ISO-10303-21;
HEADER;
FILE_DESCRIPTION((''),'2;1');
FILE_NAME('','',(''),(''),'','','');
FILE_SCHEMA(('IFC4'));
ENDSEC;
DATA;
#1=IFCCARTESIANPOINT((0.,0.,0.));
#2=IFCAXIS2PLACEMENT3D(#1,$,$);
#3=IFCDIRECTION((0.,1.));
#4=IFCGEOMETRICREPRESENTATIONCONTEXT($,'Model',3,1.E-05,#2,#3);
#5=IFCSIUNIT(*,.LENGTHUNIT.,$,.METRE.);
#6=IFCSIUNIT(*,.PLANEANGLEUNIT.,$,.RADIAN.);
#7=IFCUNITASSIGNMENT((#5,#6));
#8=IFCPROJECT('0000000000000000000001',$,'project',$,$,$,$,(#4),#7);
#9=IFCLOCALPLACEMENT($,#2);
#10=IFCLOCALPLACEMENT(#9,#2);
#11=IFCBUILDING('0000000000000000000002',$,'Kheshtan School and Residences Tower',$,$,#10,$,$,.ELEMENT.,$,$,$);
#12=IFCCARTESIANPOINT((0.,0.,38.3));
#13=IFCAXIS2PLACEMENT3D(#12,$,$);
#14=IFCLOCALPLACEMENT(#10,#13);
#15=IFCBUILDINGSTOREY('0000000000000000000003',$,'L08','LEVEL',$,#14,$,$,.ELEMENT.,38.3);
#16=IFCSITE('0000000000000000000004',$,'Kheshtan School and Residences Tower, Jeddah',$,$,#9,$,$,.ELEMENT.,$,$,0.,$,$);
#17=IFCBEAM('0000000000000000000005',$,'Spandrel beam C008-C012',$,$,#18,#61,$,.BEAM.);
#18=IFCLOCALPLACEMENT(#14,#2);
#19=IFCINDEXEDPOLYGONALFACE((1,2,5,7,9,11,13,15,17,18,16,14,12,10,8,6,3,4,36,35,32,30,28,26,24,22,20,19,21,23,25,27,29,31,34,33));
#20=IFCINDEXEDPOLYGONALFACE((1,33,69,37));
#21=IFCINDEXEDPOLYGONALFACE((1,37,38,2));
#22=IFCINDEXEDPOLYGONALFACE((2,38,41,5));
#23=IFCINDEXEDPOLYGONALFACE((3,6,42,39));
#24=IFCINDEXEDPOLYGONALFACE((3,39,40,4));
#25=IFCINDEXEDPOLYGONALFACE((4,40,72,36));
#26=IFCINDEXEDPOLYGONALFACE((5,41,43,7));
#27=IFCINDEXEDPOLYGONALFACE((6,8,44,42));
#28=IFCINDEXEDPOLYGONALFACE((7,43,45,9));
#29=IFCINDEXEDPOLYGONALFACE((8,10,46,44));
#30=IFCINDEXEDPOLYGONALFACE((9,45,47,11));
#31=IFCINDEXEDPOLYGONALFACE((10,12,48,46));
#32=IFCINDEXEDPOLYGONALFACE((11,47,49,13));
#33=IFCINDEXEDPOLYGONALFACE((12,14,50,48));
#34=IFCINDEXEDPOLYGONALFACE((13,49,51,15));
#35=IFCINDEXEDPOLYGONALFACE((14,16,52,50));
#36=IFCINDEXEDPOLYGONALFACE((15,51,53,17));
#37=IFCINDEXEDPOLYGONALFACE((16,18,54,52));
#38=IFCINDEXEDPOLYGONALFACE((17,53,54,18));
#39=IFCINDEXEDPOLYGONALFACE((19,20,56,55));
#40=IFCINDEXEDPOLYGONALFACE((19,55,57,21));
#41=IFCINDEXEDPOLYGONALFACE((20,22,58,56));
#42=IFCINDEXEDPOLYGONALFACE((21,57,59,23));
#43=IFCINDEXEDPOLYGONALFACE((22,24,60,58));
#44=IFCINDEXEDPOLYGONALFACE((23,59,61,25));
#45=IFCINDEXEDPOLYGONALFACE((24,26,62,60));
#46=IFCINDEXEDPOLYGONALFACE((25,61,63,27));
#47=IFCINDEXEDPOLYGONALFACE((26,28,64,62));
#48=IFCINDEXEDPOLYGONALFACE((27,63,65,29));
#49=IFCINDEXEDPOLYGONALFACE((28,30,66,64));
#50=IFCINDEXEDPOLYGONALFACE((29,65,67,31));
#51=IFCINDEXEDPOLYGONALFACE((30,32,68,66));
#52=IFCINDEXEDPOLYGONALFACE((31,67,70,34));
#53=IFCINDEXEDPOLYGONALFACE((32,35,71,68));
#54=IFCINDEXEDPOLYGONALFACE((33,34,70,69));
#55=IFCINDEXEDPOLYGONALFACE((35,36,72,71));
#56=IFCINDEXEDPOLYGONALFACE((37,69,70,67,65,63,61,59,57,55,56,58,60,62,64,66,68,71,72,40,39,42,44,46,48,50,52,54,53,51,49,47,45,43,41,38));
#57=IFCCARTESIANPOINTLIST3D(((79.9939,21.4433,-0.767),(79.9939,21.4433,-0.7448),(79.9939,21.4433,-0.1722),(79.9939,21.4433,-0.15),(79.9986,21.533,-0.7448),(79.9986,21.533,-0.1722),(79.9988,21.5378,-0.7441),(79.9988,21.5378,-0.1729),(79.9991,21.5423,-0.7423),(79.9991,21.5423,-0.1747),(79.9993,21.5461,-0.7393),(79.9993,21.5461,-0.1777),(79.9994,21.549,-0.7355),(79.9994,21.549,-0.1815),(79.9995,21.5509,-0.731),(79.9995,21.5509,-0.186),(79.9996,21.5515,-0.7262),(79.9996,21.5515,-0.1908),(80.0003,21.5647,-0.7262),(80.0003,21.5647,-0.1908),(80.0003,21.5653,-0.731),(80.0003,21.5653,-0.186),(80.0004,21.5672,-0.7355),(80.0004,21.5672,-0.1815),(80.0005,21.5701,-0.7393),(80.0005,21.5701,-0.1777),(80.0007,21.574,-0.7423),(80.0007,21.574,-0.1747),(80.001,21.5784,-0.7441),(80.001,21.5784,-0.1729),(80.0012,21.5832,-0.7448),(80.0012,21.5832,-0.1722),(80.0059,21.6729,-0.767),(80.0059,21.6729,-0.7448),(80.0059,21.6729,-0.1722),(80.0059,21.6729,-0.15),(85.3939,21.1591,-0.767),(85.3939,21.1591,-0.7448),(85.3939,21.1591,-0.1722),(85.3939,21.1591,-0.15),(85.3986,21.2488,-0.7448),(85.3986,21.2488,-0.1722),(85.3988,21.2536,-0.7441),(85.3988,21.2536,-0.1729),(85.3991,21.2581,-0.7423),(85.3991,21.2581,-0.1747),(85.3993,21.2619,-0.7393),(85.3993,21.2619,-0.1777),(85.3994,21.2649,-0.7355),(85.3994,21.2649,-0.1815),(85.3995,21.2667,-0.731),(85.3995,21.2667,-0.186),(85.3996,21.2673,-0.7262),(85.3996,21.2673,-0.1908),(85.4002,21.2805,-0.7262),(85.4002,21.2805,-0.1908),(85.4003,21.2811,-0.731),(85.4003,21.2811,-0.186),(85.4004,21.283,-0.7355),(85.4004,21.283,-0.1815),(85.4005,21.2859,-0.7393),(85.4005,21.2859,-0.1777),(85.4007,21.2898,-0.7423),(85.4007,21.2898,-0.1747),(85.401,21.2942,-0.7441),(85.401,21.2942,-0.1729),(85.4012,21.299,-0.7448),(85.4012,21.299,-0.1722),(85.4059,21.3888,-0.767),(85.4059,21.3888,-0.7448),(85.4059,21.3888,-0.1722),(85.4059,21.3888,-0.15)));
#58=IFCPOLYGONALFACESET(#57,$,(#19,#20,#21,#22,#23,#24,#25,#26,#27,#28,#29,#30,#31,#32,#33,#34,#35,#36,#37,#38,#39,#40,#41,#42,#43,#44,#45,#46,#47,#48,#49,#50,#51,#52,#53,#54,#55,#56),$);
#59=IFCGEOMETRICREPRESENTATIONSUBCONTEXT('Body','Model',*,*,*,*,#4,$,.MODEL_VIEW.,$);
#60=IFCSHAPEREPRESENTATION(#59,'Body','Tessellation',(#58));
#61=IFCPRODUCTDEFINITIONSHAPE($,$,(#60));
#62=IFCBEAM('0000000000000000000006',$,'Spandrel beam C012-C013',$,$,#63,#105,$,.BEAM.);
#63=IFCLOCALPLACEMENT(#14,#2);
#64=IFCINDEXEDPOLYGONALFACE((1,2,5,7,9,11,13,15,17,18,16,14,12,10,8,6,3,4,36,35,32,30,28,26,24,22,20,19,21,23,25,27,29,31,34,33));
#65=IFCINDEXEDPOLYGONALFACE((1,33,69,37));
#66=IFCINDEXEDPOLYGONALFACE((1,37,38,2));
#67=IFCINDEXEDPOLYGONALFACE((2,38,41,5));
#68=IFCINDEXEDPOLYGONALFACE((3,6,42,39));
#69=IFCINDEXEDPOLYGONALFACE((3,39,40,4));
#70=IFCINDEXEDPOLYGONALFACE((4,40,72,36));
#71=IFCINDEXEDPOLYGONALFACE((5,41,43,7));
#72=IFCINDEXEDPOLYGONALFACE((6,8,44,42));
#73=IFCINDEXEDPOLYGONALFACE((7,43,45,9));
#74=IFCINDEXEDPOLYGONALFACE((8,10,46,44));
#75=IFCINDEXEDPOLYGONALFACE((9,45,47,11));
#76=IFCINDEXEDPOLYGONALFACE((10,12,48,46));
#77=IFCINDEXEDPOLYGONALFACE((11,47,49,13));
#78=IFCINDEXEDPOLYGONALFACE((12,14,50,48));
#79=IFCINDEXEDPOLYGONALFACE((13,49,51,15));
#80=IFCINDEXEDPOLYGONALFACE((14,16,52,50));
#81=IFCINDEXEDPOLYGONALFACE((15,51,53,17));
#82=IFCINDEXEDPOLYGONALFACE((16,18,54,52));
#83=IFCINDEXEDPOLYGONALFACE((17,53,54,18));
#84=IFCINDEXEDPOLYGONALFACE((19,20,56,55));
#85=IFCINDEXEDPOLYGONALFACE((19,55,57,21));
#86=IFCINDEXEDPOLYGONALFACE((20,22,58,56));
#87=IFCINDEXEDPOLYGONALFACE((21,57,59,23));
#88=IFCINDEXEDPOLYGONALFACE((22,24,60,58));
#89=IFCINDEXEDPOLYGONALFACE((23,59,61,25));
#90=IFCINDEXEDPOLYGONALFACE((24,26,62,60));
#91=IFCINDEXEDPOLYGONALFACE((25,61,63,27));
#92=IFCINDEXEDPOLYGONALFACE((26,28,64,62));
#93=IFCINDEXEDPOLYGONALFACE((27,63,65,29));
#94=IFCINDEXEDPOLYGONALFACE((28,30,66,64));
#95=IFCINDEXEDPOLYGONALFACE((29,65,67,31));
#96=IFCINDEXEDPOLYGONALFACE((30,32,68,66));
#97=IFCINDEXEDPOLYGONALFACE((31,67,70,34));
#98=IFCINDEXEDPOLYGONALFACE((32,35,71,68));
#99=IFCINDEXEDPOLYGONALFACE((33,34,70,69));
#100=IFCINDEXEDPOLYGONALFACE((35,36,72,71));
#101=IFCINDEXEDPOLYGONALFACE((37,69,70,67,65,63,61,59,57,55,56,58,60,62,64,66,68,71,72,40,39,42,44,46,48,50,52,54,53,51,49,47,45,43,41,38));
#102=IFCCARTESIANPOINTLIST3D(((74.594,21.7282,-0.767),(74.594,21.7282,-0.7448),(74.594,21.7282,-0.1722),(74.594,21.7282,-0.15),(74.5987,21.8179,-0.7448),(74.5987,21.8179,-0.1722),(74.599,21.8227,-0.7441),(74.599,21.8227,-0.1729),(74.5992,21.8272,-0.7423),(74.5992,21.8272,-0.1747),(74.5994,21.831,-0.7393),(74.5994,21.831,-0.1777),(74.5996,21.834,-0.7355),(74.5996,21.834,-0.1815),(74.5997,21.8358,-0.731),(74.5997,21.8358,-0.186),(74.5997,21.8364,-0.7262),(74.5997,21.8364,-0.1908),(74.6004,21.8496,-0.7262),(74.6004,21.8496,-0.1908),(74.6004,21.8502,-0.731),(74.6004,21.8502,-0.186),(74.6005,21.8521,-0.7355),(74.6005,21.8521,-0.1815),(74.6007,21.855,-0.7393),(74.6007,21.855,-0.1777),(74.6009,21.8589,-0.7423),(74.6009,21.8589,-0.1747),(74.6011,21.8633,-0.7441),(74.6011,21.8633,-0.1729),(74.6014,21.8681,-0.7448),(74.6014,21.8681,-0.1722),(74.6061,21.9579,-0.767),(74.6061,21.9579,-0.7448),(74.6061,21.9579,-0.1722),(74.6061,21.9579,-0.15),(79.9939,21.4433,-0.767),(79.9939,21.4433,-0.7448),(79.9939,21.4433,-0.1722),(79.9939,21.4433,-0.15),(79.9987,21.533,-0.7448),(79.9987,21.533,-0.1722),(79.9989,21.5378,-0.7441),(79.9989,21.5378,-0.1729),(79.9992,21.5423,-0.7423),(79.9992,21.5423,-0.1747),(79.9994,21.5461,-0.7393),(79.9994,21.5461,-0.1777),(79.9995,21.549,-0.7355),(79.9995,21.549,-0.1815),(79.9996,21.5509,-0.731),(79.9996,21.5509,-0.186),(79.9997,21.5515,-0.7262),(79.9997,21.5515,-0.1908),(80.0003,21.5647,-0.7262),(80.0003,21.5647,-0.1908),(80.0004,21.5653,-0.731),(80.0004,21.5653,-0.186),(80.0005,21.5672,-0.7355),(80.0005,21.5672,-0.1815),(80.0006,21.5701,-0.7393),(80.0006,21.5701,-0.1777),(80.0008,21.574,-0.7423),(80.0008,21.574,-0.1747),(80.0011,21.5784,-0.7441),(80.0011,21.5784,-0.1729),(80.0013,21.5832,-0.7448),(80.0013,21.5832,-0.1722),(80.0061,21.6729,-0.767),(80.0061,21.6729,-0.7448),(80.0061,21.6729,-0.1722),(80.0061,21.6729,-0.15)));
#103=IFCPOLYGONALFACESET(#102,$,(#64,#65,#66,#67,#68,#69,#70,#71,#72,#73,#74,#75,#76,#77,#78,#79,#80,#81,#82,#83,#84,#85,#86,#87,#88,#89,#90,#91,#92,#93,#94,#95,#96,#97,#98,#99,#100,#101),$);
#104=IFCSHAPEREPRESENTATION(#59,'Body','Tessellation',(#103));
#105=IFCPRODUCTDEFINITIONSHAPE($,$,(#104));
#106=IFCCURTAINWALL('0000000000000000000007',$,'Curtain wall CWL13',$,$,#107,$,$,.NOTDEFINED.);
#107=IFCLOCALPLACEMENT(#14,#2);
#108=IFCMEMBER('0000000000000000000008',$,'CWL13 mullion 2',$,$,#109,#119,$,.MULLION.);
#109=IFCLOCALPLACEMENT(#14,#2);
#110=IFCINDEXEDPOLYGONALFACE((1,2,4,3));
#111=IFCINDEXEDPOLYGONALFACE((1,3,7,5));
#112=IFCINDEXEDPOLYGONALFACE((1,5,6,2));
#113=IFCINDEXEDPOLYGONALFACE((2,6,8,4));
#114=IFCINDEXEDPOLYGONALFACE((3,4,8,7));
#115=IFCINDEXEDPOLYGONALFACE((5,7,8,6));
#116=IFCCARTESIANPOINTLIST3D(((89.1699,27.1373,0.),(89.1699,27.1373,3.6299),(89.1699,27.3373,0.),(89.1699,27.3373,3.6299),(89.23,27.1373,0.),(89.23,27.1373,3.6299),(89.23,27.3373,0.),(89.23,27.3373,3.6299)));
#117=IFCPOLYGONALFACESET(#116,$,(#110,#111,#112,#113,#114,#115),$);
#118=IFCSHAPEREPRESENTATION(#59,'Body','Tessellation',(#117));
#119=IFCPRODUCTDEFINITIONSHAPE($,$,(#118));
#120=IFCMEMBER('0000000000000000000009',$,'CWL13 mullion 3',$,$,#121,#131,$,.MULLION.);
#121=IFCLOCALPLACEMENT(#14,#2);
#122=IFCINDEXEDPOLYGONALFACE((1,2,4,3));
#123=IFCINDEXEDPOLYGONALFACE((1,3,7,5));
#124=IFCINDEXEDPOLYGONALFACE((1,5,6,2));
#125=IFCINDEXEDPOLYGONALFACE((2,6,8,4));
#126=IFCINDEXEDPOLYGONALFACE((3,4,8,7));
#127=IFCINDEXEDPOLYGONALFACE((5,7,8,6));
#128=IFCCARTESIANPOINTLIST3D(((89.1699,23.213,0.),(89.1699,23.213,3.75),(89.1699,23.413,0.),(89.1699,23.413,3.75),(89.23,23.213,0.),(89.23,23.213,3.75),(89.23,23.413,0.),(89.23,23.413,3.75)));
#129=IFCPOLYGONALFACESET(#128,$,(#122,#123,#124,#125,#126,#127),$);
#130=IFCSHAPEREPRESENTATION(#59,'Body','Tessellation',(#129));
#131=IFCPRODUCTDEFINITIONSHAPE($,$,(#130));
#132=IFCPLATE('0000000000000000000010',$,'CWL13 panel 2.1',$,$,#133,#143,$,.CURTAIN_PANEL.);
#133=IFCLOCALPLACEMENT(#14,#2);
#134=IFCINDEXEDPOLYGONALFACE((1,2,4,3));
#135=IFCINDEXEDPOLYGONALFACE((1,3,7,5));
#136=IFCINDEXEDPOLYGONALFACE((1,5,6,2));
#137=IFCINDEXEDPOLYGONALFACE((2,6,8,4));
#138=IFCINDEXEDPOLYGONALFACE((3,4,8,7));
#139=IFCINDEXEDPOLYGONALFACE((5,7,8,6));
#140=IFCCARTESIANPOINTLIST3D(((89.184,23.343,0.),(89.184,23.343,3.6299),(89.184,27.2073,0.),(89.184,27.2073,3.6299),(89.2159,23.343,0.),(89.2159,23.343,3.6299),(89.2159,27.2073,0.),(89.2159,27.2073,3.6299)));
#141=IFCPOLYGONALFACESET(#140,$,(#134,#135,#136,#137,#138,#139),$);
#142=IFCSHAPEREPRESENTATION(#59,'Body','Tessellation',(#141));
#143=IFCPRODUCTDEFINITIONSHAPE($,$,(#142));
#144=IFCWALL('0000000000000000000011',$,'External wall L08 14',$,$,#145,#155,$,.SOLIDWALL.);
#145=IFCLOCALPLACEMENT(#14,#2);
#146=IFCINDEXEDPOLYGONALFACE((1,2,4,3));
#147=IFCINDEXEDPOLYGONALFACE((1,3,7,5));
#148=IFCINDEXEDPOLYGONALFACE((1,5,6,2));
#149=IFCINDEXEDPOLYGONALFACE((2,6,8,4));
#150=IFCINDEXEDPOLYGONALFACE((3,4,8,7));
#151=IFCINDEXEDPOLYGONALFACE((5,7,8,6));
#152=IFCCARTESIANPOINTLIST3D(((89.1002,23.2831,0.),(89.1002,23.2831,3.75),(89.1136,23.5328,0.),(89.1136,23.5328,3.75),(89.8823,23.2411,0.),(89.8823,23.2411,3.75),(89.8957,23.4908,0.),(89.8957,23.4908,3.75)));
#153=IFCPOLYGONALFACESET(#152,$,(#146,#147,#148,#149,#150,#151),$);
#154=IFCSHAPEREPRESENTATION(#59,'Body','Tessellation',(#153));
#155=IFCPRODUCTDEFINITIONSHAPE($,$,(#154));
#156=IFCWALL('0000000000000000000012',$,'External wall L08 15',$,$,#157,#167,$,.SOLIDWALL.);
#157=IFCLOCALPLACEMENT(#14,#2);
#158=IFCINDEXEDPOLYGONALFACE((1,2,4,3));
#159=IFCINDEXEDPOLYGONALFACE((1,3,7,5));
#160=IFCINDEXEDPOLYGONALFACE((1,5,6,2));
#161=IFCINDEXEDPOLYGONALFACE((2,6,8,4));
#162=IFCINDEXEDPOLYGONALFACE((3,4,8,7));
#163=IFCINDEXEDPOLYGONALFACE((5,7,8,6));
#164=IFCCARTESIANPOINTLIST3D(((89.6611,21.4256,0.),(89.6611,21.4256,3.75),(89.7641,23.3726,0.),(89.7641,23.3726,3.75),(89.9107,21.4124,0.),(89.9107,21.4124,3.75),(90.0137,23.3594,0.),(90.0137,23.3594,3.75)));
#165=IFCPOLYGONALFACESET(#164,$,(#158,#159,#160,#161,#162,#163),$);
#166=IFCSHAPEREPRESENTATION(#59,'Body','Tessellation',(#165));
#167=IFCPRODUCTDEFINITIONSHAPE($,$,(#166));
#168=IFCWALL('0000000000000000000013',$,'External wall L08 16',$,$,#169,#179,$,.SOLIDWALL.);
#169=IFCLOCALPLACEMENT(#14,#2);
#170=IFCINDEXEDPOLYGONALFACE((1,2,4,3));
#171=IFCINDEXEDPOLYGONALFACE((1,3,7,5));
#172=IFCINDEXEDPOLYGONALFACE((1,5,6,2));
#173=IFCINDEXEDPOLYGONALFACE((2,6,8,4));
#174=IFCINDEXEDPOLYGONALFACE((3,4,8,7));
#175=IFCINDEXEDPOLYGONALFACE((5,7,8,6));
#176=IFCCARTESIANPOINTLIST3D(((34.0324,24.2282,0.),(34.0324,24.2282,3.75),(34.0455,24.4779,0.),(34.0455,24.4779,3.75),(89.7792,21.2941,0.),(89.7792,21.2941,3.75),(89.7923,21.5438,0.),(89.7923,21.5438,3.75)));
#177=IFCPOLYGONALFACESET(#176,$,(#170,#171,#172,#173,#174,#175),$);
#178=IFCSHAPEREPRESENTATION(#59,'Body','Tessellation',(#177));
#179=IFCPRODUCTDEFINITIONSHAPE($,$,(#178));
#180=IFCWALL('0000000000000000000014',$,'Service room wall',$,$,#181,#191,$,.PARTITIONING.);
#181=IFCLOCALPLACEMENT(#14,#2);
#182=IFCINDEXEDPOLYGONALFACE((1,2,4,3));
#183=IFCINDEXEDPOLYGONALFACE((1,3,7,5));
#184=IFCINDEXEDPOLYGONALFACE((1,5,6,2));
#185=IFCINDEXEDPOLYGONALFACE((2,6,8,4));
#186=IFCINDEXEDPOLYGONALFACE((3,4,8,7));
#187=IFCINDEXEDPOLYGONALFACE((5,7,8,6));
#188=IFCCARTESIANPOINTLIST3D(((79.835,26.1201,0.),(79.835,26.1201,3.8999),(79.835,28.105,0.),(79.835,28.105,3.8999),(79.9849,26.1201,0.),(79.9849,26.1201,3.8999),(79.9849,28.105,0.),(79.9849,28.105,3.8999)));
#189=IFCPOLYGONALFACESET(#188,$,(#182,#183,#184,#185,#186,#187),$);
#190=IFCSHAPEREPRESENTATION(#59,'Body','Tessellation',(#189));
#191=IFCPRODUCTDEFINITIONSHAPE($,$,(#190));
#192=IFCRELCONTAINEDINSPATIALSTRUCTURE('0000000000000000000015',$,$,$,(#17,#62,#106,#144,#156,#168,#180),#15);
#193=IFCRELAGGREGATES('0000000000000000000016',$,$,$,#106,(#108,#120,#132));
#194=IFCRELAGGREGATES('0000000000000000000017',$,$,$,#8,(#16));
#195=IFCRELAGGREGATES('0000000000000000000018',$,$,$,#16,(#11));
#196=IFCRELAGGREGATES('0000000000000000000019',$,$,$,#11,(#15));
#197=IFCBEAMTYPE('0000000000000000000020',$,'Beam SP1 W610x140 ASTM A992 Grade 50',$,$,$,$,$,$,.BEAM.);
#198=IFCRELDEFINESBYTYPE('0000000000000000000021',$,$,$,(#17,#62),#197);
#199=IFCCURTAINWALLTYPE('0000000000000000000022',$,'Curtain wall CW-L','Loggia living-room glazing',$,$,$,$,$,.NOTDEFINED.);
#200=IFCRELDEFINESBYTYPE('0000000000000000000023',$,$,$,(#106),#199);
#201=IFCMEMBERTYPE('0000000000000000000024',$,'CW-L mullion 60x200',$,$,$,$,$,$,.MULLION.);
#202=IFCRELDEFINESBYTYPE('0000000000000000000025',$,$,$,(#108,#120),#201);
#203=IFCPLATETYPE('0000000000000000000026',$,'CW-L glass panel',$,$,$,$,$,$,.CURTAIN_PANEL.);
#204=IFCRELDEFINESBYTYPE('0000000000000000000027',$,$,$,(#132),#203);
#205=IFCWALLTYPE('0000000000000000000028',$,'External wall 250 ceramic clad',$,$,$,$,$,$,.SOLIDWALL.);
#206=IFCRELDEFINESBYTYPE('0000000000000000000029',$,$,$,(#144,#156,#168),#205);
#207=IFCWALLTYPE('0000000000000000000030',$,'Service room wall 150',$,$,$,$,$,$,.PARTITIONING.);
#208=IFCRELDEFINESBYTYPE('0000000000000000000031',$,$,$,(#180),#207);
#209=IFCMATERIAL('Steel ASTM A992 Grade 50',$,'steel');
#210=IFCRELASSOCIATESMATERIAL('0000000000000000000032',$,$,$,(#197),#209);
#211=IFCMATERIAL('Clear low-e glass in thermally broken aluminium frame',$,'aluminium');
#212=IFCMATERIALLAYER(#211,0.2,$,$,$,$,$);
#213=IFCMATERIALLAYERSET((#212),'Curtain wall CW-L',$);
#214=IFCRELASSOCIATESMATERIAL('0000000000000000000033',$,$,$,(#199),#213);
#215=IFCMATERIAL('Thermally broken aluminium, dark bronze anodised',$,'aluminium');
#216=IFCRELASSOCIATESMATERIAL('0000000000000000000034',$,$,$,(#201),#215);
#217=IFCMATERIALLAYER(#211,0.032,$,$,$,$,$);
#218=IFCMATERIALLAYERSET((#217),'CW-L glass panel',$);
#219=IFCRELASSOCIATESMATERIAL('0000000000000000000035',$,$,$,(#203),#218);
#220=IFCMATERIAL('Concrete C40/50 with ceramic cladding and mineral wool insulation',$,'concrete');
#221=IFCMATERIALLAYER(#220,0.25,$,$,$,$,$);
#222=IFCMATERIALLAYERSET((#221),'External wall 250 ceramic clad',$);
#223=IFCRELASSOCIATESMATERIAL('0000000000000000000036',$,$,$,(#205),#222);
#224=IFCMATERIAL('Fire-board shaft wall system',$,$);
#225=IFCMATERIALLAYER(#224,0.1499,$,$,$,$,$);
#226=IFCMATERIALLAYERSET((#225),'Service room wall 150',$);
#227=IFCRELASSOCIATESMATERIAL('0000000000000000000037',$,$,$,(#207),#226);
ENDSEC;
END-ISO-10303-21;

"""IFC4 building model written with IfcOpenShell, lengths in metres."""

from ifc_helpers import new_model, si_unit, direction, frame, frame_2d, origin, origin_2d, place, context, subcontext, project, spatial, rectangle, i_section, extrude, material, layer, layer_set, material_profile, profile_set, type_object, element, aggregate, save


model = new_model("IFC4")

# Units and contexts
model_context = context("Model", 3, precision=1e-05, world=origin(), true_north=direction((0.0, 1.0)))
body_context = subcontext(model_context, "Body", "Model", "MODEL_VIEW")
ifc_project = project(units=[si_unit("LENGTHUNIT", "METRE"), si_unit("PLANEANGLEUNIT", "RADIAN")], contexts=[model_context])

# Site, building, storey
site_placement = place(None, origin())
site = spatial("IfcSite", under=ifc_project, at=site_placement, Name="Kheshtan School and Residences Tower, Jeddah", CompositionType="ELEMENT", RefElevation=0.0)
building_placement = place(site_placement, origin())
building = spatial("IfcBuilding", under=site, at=building_placement, Name="Kheshtan School and Residences Tower", CompositionType="ELEMENT")
storey_placement = place(building_placement, frame((0.0, 0.0, 38.3)))
storey = spatial("IfcBuildingStorey", under=building, at=storey_placement, Name="L08", Description="LEVEL", CompositionType="ELEMENT", Elevation=38.3)

# Shared definitions
ifc_material_1 = material(Name="Steel ASTM A992 Grade 50", Category="steel")

# Beams
ifc_material_profile_1 = material_profile(ifc_material_1, i_section(OverallWidth=0.23, OverallDepth=0.6169, WebThickness=0.0132, FlangeThickness=0.0222, FilletRadius=0.0186, at=origin_2d()), Name="W610x140")
ifc_profile_set_1 = profile_set([ifc_material_profile_1], Name="Steel ASTM A992 Grade 50")
beam_type = type_object("IfcBeamType", Name="Beam SP1 W610x140 ASTM A992 Grade 50", PredefinedType="BEAM", material=ifc_profile_set_1)
for number, where, z_axis, x_axis, name in (
    (1, (85.3999, 21.2739, -0.4585), (-0.998618, 0.052554, 0.0), (-0.052554, -0.998618, 0.0), "Spandrel beam C008-C012"),
    (2, (80.0, 21.5581, -0.4585), (-0.998611, 0.052689, 0.0), (-0.052689, -0.998611, 0.0), "Spandrel beam C012-C013"),
):
    element("IfcBeam", number, at=place(storey_placement, frame(where, z_axis=z_axis, x_axis=x_axis)), inside=storey, type_object=beam_type, Name=name, PredefinedType="BEAM", context=body_context, shape_type="SweptSolid", body=[
        extrude(i_section(OverallWidth=0.23, OverallDepth=0.6169, WebThickness=0.0132, FlangeThickness=0.0222, FilletRadius=0.0186, at=origin_2d()), origin(), (0.0, 0.0, 1.0), 5.4075),
    ])

# Curtain wall, members, plate
ifc_material_2 = material(Name="Clear low-e glass in thermally broken aluminium frame", Category="aluminium")
ifc_layer_1 = layer(ifc_material_2, 0.2)
ifc_layer_set_1 = layer_set([ifc_layer_1], Name="Curtain wall CW-L")
curtain_wall_type = type_object("IfcCurtainWallType", Name="Curtain wall CW-L", Description="Loggia living-room glazing", PredefinedType="NOTDEFINED", material=ifc_layer_set_1)
curtain_wall_placement = place(storey_placement, origin())
curtain_wall = element("IfcCurtainWall", 3, at=curtain_wall_placement, inside=storey, type_object=curtain_wall_type, Name="Curtain wall CWL13", PredefinedType="NOTDEFINED")
ifc_material_3 = material(Name="Thermally broken aluminium, dark bronze anodised", Category="aluminium")
ifc_material_profile_2 = material_profile(ifc_material_3, rectangle(XDim=0.0601, YDim=0.2, at=origin_2d()), Name="CW-L mullion 60x200")
ifc_profile_set_2 = profile_set([ifc_material_profile_2], Name="Thermally broken aluminium, dark bronze anodised")
member_type = type_object("IfcMemberType", Name="CW-L mullion 60x200", PredefinedType="MULLION", material=ifc_profile_set_2)
member_1_placement = place(storey_placement, frame((89.2, 27.2373, 0.0), z_axis=(0.0, 0.0, 1.0), x_axis=(1.0, 0.0, 0.0)))
member_1 = element("IfcMember", 4, at=member_1_placement, type_object=member_type, Name="CWL13 mullion 2", PredefinedType="MULLION", context=body_context, shape_type="SweptSolid", body=[
    extrude(rectangle(XDim=0.0601, YDim=0.2, at=origin_2d()), origin(), (0.0, 0.0, 1.0), 3.6299),
])
member_2_placement = place(storey_placement, frame((89.2, 23.313, 0.0), z_axis=(0.0, 0.0, 1.0), x_axis=(1.0, 0.0, 0.0)))
member_2 = element("IfcMember", 5, at=member_2_placement, type_object=member_type, Name="CWL13 mullion 3", PredefinedType="MULLION", context=body_context, shape_type="SweptSolid", body=[
    extrude(rectangle(XDim=0.0601, YDim=0.2, at=origin_2d()), origin(), (0.0, 0.0, 1.0), 3.75),
])
ifc_layer_2 = layer(ifc_material_2, 0.032)
ifc_layer_set_2 = layer_set([ifc_layer_2], Name="CW-L glass panel")
plate_type = type_object("IfcPlateType", Name="CW-L glass panel", PredefinedType="CURTAIN_PANEL", material=ifc_layer_set_2)
plate_placement = place(storey_placement, frame((89.2, 25.2751, 0.0), z_axis=(0.0, 0.0, 1.0), x_axis=(0.0, -1.0, 0.0)))
plate = element("IfcPlate", 6, at=plate_placement, type_object=plate_type, Name="CWL13 panel 2.1", PredefinedType="CURTAIN_PANEL", context=body_context, shape_type="SweptSolid", body=[
    extrude(rectangle(XDim=3.8643, YDim=0.032, at=origin_2d()), origin(), (0.0, 0.0, 1.0), 3.6299),
])
aggregate(curtain_wall, [member_1, member_2, plate])

# Walls
ifc_material_4 = material(Name="Concrete C40/50 with ceramic cladding and mineral wool insulation", Category="concrete")
ifc_layer_3 = layer(ifc_material_4, 0.25)
ifc_layer_set_3 = layer_set([ifc_layer_3], Name="External wall 250 ceramic clad")
wall_type_1 = type_object("IfcWallType", Name="External wall 250 ceramic clad", PredefinedType="SOLIDWALL", material=ifc_layer_set_3)
wall_1_placement = place(storey_placement, frame((89.1069, 23.408, 0.0), z_axis=(0.0, 0.0, 1.0), x_axis=(0.998561, -0.053622, 0.0)))
element("IfcWall", 7, at=wall_1_placement, inside=storey, type_object=wall_type_1, Name="External wall L08 14", PredefinedType="SOLIDWALL", context=body_context, shape_type="SweptSolid", body=[
    extrude(rectangle(XDim=0.7832, YDim=0.25, at=frame_2d((0.3916, 0.0))), origin(), (0.0, 0.0, 1.0), 3.75),
])
wall_2_placement = place(storey_placement, frame((89.8889, 23.366, 0.0), z_axis=(0.0, 0.0, 1.0), x_axis=(-0.052841, -0.998603, 0.0)))
element("IfcWall", 8, at=wall_2_placement, inside=storey, type_object=wall_type_1, Name="External wall L08 15", PredefinedType="SOLIDWALL", context=body_context, shape_type="SweptSolid", body=[
    extrude(rectangle(XDim=1.9497, YDim=0.25, at=frame_2d((0.9749, 0.0))), origin(), (0.0, 0.0, 1.0), 3.75),
])
wall_3_placement = place(storey_placement, frame((89.7859, 21.4189, 0.0), z_axis=(0.0, 0.0, 1.0), x_axis=(-0.998618, 0.05256, 0.0)))
element("IfcWall", 9, at=wall_3_placement, inside=storey, type_object=wall_type_1, Name="External wall L08 16", PredefinedType="SOLIDWALL", context=body_context, shape_type="SweptSolid", body=[
    extrude(rectangle(XDim=55.824, YDim=0.25, at=frame_2d((27.9121, 0.0))), origin(), (0.0, 0.0, 1.0), 3.75),
])
ifc_material_5 = material(Name="Fire-board shaft wall system")
ifc_layer_4 = layer(ifc_material_5, 0.1499)
ifc_layer_set_4 = layer_set([ifc_layer_4], Name="Service room wall 150")
wall_type_2 = type_object("IfcWallType", Name="Service room wall 150", PredefinedType="PARTITIONING", material=ifc_layer_set_4)
wall_4_placement = place(storey_placement, frame((79.9099, 26.1201, 0.0), z_axis=(0.0, 0.0, 1.0), x_axis=(0.0, 1.0, 0.0)))
element("IfcWall", 10, at=wall_4_placement, inside=storey, type_object=wall_type_2, Name="Service room wall", PredefinedType="PARTITIONING", context=body_context, shape_type="SweptSolid", body=[
    extrude(rectangle(XDim=1.9849, YDim=0.1499, at=frame_2d((0.9924, 0.0))), origin(), (0.0, 0.0, 1.0), 3.8999),
])

save(model, "model.ifc")
